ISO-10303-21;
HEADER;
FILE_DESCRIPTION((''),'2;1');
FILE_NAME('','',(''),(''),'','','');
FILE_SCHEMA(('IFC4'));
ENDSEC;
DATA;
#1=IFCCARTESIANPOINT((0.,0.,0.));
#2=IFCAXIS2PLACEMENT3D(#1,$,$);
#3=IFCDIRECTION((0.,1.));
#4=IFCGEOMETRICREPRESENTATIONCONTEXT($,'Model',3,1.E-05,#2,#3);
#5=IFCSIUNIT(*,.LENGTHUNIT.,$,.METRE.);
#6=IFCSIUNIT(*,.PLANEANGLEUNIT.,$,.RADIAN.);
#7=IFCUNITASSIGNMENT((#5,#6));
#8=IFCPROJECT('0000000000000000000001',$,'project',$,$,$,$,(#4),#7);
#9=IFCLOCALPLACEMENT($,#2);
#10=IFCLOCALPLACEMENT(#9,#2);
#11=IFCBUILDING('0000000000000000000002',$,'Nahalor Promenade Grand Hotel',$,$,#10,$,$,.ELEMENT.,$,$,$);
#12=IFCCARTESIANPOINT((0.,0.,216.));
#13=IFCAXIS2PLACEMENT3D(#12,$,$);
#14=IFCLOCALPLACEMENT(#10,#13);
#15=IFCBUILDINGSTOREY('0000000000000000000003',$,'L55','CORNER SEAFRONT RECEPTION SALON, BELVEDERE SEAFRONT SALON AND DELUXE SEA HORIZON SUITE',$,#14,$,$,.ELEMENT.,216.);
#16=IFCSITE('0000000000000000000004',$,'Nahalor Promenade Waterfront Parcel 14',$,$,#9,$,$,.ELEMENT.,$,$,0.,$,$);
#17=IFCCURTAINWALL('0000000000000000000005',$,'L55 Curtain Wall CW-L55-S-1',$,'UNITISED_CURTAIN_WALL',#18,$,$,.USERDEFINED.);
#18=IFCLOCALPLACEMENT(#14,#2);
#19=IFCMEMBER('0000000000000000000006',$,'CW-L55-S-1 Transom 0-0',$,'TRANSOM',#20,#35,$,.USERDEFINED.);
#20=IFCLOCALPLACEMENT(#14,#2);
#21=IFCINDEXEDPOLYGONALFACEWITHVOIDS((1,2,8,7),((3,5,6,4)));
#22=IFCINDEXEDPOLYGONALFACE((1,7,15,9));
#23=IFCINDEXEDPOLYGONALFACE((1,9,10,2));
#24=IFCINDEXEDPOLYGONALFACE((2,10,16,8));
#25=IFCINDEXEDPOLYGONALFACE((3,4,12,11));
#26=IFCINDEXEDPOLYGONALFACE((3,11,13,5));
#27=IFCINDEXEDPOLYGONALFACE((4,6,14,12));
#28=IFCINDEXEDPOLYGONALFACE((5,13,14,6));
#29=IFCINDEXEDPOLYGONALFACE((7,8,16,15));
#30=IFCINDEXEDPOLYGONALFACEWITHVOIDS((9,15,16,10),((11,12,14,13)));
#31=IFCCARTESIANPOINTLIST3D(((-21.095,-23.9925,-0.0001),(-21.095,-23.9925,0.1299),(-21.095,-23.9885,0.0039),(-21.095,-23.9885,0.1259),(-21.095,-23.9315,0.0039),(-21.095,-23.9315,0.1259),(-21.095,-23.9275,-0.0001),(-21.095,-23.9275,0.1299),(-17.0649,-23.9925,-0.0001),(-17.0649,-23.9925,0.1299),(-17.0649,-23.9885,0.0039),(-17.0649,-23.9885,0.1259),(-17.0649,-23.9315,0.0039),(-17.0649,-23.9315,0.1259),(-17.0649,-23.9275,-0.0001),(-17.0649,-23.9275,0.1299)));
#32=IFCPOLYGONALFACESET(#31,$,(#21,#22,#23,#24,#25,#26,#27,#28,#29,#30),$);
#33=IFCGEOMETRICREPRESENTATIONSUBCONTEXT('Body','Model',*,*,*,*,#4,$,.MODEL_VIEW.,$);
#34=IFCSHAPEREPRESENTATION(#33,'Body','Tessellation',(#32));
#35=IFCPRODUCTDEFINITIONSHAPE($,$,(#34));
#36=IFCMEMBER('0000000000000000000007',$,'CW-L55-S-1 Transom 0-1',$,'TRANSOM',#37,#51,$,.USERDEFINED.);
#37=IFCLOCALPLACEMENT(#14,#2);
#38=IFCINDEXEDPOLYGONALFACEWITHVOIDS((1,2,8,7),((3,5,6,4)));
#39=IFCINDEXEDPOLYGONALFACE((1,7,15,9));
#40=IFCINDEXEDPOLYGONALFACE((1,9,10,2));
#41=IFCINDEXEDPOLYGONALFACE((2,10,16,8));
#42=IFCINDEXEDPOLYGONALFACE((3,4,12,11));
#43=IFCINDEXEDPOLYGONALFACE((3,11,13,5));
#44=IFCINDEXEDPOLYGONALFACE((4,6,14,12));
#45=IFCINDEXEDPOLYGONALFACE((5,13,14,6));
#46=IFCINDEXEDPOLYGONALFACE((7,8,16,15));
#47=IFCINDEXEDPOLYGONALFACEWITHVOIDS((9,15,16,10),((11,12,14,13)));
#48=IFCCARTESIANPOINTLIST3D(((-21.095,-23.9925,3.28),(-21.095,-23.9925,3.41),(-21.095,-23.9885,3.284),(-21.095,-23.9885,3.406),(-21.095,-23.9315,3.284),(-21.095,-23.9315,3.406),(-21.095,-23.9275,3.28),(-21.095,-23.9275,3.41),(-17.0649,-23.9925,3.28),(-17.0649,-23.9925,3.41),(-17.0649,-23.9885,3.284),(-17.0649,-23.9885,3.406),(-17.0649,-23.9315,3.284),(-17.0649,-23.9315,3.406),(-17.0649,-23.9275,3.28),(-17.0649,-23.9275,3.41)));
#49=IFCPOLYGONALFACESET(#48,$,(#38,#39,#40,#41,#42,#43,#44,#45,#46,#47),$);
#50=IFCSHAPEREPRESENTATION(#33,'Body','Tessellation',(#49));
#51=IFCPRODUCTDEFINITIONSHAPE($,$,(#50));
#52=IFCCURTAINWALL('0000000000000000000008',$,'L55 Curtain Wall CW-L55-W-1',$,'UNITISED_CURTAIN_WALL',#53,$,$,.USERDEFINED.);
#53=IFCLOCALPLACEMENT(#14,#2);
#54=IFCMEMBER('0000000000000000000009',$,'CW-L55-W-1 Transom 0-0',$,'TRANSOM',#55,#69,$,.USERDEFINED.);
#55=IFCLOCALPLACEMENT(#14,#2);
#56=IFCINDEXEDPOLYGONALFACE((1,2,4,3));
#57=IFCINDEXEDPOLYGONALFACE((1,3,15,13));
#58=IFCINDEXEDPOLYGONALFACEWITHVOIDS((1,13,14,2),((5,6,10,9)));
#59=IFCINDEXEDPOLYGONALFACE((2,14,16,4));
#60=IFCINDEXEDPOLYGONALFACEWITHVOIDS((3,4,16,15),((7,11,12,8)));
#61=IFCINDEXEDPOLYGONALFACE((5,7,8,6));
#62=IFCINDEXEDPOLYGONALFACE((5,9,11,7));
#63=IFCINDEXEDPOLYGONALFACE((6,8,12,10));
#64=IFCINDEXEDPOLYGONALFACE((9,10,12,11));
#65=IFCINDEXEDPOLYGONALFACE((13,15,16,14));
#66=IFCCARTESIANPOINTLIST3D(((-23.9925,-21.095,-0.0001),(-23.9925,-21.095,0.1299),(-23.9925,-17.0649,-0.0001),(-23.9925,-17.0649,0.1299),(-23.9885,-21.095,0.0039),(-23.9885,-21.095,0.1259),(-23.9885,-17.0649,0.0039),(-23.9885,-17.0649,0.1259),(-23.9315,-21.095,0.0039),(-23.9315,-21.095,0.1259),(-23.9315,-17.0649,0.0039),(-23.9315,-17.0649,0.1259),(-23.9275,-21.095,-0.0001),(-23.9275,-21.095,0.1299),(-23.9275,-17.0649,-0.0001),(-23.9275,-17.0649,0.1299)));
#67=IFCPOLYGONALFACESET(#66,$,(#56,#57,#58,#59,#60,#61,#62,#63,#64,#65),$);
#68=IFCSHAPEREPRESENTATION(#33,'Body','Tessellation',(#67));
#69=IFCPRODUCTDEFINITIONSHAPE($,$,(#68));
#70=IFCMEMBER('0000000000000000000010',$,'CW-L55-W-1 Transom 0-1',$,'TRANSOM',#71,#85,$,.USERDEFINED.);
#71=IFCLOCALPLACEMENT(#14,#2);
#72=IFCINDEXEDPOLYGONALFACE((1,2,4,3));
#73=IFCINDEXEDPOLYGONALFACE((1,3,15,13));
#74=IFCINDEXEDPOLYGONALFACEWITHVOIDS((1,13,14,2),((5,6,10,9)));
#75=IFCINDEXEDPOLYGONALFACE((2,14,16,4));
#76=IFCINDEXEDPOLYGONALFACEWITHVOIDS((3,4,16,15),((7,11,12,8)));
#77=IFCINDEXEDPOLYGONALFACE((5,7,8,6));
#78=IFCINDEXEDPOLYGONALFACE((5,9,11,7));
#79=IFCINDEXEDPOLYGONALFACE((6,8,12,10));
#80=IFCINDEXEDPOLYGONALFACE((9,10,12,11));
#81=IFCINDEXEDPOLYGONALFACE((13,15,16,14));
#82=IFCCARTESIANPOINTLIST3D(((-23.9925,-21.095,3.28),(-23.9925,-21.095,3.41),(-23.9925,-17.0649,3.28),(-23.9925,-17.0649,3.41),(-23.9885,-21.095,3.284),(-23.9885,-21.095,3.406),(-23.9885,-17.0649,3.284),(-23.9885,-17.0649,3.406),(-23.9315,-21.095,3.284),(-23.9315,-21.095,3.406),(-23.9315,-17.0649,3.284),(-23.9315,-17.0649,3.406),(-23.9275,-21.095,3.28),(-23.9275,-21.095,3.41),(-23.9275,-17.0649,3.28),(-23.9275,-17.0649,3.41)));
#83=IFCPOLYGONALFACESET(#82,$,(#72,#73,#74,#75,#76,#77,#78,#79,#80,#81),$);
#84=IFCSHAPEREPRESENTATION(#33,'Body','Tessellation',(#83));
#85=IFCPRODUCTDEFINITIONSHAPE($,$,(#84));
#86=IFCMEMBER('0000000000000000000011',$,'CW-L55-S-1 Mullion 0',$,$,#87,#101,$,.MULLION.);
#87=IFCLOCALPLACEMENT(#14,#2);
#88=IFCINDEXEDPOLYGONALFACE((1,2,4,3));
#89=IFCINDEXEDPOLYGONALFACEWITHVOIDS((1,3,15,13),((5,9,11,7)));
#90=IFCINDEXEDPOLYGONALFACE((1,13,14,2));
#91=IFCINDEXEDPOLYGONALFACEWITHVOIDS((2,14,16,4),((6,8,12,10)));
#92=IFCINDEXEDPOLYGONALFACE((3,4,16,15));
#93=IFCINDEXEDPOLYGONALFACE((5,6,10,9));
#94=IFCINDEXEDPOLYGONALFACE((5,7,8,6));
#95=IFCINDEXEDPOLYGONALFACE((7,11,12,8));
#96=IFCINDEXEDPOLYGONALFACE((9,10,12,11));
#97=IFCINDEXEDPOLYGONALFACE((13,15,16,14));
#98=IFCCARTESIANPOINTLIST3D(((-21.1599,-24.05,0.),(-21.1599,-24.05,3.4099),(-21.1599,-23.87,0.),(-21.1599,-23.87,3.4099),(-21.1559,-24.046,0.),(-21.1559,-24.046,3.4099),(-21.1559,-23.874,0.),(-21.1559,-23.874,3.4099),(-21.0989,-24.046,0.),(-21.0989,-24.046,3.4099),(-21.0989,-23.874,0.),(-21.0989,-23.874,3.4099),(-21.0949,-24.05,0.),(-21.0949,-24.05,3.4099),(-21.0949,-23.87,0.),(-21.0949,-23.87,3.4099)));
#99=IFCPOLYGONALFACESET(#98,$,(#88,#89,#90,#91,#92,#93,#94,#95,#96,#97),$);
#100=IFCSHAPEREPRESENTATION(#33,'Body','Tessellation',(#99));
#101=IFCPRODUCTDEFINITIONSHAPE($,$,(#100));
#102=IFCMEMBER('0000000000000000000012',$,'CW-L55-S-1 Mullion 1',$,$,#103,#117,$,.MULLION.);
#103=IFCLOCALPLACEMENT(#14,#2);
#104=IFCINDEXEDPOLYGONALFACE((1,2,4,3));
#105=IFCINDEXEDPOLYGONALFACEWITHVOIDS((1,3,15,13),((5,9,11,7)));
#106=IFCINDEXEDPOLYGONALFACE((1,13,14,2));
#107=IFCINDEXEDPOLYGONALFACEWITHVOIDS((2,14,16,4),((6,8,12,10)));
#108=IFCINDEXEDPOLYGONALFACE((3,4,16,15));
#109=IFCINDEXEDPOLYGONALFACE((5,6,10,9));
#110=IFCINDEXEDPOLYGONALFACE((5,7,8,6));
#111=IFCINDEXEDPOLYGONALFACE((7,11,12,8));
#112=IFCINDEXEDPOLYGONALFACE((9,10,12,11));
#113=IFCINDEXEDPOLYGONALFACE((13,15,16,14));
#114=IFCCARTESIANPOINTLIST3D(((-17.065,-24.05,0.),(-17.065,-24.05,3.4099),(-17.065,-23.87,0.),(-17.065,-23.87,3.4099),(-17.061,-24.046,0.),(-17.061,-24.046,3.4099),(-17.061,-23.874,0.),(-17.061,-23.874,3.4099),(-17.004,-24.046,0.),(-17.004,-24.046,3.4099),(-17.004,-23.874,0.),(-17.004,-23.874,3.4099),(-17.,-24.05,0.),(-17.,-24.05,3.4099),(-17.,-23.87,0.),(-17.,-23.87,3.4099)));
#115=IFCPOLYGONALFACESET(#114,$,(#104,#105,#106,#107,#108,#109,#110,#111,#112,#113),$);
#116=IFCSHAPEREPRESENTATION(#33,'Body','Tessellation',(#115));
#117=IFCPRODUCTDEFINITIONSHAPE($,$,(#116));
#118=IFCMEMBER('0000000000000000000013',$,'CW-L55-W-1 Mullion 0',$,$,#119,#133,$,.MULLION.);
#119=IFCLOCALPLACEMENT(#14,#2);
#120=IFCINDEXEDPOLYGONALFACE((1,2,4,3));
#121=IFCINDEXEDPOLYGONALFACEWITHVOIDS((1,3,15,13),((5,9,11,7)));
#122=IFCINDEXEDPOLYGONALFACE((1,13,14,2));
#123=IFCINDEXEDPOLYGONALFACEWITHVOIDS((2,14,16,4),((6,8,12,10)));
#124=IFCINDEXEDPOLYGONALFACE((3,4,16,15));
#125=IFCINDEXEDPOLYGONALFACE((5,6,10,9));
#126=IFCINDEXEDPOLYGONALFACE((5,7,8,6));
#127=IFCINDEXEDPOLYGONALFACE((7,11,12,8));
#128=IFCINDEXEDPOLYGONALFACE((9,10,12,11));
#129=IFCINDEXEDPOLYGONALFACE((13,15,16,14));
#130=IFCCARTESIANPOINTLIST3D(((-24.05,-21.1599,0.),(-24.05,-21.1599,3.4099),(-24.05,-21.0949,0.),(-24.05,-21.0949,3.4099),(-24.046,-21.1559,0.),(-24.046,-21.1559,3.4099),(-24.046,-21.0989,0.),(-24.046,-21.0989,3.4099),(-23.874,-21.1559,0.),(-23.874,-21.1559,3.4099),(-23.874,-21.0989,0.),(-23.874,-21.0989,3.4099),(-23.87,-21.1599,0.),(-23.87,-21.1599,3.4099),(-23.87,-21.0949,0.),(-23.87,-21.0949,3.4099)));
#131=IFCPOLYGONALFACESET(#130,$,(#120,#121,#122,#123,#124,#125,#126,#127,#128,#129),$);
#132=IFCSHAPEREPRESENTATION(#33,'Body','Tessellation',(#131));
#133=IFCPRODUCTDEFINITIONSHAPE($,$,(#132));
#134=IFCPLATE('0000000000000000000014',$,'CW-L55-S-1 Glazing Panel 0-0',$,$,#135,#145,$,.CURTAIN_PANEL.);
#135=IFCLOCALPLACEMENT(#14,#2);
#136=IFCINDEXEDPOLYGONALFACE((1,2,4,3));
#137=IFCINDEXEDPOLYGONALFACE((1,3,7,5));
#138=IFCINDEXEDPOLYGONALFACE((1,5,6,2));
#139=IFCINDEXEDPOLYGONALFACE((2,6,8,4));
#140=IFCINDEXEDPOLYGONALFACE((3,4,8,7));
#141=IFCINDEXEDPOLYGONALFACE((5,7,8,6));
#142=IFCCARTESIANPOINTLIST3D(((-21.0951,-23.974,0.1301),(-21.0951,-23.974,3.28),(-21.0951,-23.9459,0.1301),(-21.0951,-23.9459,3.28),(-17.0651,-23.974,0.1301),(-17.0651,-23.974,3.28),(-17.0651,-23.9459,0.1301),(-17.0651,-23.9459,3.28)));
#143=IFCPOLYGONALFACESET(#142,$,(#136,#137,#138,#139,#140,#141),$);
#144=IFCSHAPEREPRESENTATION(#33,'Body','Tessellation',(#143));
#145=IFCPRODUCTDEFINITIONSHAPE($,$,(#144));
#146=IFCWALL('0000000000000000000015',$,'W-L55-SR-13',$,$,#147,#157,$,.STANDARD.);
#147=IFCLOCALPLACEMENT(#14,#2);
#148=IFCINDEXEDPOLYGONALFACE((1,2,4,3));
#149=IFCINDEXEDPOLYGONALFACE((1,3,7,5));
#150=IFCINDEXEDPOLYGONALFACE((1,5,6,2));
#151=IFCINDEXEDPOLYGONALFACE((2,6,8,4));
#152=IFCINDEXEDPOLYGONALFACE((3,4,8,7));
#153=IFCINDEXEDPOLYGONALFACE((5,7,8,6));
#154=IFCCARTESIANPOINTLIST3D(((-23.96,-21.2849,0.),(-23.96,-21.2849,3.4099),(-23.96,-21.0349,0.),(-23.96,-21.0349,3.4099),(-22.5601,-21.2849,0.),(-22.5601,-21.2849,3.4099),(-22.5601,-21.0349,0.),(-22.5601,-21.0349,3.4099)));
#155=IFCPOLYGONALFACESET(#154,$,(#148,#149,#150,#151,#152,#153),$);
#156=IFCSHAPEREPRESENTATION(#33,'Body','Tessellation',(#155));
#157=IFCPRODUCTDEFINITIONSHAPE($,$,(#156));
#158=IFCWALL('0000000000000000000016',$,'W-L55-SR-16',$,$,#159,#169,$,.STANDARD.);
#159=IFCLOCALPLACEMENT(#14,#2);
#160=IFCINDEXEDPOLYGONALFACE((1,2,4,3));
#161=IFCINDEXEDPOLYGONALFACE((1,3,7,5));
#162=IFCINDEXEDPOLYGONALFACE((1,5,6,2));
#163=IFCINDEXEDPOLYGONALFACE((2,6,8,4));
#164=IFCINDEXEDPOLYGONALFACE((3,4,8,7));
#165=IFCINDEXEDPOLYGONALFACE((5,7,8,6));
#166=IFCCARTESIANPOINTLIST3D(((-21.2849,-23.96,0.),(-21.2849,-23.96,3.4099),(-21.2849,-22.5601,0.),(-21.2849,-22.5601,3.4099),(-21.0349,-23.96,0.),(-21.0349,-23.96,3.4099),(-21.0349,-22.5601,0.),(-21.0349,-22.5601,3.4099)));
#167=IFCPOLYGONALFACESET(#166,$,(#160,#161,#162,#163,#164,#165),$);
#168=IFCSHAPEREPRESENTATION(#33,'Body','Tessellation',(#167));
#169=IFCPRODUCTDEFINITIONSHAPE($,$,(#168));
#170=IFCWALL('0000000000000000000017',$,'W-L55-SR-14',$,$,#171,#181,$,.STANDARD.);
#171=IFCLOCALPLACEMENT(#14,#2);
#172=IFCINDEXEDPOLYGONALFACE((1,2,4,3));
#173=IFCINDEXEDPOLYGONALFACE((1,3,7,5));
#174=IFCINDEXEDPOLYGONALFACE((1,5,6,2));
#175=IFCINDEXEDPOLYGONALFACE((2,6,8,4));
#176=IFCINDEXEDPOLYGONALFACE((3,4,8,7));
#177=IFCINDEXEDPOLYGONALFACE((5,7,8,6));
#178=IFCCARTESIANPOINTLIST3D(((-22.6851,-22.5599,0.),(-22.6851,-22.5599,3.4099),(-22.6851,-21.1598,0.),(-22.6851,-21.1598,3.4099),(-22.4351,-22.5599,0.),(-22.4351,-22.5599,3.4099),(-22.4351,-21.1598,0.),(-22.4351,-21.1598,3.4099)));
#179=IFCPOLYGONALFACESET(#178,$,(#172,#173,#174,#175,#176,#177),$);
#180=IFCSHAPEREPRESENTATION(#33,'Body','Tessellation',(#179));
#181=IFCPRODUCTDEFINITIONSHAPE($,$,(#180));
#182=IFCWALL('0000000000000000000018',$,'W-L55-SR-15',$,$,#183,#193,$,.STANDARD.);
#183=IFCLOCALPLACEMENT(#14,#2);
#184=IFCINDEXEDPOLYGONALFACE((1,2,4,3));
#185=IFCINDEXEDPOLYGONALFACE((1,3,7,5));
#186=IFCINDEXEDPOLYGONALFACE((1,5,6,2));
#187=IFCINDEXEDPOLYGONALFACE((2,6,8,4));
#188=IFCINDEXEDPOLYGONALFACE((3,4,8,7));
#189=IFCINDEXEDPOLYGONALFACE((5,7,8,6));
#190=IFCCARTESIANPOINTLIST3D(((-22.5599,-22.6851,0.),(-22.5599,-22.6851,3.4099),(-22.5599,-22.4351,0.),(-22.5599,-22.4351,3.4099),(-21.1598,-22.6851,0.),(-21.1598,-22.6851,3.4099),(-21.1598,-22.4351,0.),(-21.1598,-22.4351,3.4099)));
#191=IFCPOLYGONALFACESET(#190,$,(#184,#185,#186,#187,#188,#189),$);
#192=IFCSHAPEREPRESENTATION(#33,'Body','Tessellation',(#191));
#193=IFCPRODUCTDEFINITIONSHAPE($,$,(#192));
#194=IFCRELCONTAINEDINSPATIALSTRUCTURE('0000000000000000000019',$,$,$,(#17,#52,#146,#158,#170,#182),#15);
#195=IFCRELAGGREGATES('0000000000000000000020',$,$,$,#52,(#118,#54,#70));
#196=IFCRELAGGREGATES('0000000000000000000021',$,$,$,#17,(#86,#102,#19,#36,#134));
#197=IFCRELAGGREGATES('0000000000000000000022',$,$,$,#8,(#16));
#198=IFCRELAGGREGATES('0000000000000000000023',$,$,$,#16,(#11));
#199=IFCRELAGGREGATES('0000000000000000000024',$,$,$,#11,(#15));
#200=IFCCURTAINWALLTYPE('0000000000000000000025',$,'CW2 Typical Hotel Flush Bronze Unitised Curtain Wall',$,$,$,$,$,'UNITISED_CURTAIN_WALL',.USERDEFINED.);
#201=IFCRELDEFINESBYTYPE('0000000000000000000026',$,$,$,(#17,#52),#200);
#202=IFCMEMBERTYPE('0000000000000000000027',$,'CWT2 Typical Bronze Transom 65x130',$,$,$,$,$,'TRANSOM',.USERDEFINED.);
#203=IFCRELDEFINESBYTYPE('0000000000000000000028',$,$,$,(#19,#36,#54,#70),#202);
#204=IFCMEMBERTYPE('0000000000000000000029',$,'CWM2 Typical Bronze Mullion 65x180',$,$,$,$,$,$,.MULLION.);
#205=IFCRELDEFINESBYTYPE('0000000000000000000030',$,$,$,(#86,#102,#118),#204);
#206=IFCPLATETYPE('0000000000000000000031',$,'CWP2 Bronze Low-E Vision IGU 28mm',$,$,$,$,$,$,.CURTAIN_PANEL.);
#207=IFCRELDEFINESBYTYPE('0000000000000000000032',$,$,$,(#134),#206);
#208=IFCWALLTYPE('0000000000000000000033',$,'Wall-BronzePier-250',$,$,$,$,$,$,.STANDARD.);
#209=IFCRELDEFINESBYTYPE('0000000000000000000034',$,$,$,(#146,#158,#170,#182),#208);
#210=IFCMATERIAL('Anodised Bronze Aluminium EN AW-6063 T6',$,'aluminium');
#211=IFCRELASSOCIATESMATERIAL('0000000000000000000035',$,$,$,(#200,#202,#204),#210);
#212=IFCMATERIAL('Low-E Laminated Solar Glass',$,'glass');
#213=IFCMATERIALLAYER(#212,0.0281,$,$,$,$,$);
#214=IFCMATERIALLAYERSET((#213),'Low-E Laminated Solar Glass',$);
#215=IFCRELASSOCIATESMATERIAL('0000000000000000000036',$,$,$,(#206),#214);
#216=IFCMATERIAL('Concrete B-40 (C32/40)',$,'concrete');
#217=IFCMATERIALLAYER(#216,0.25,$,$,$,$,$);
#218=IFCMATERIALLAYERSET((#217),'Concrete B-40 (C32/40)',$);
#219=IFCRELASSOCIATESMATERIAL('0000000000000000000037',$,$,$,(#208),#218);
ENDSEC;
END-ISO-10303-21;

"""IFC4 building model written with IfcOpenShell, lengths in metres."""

from ifc_helpers import new_model, si_unit, direction, frame, frame_2d, origin, origin_2d, place, context, subcontext, project, spatial, rectangle, hollow_rectangle, extrude, source, transform, mapped, material, layer, layer_set, material_profile, profile_set, type_object, element, aggregate, save


model = new_model("IFC4")

# Units and contexts
model_context = context("Model", 3, precision=1e-05, world=origin(), true_north=direction((0.0, 1.0)))
body_context = subcontext(model_context, "Body", "Model", "MODEL_VIEW")
ifc_project = project(units=[si_unit("LENGTHUNIT", "METRE"), si_unit("PLANEANGLEUNIT", "RADIAN")], contexts=[model_context])

# Site, building, storey
site_placement = place(None, origin())
site = spatial("IfcSite", under=ifc_project, at=site_placement, Name="Nahalor Promenade Waterfront Parcel 14", CompositionType="ELEMENT", RefElevation=0.0)
building_placement = place(site_placement, origin())
building = spatial("IfcBuilding", under=site, at=building_placement, Name="Nahalor Promenade Grand Hotel", CompositionType="ELEMENT")
storey_placement = place(building_placement, frame((0.0, 0.0, 216.0)))
storey = spatial("IfcBuildingStorey", under=building, at=storey_placement, Name="L55", Description="CORNER SEAFRONT RECEPTION SALON, BELVEDERE SEAFRONT SALON AND DELUXE SEA HORIZON SUITE", CompositionType="ELEMENT", Elevation=216.0)

# Curtain walls, members
ifc_material_1 = material(Name="Anodised Bronze Aluminium EN AW-6063 T6", Category="aluminium")
curtain_wall_type = type_object("IfcCurtainWallType", Name="CW2 Typical Hotel Flush Bronze Unitised Curtain Wall", ElementType="UNITISED_CURTAIN_WALL", PredefinedType="USERDEFINED", material=ifc_material_1)
curtain_wall_1_placement = place(storey_placement, origin())
curtain_wall_1 = element("IfcCurtainWall", 1, at=curtain_wall_1_placement, inside=storey, type_object=curtain_wall_type, Name="L55 Curtain Wall CW-L55-S-1", ObjectType="UNITISED_CURTAIN_WALL", PredefinedType="USERDEFINED")
ifc_material_profile_1 = material_profile(ifc_material_1, hollow_rectangle(XDim=0.065, YDim=0.13, WallThickness=0.004, at=origin_2d()), Name="CWT 65x130x4")
ifc_profile_set_1 = profile_set([ifc_material_profile_1], Name="Anodised Bronze Aluminium EN AW-6063 T6")
member_type_1 = type_object("IfcMemberType", Name="CWT2 Typical Bronze Transom 65x130", ElementType="TRANSOM", PredefinedType="USERDEFINED", material=ifc_profile_set_1)
shared_shape_1 = source(origin(), body_context, "Body", "SweptSolid", [
    extrude(hollow_rectangle(XDim=0.065, YDim=0.13, WallThickness=0.004, at=origin_2d()), origin(), (0.0, 0.0, 1.0), 4.03),
])
member_1_placement = place(storey_placement, frame((-21.095, -23.96, 0.0649), z_axis=(1.0, 0.0, 0.0), x_axis=(0.0, 1.0, 0.0)))
member_1 = element("IfcMember", 2, at=member_1_placement, type_object=member_type_1, Name="CW-L55-S-1 Transom 0-0", ObjectType="TRANSOM", PredefinedType="USERDEFINED", context=body_context, shape_type="MappedRepresentation", body=[
    mapped(shared_shape_1, transform((0.0, 0.0, 0.0), scale=1.0)),
])
member_2_placement = place(storey_placement, frame((-21.095, -23.96, 3.345), z_axis=(1.0, 0.0, 0.0), x_axis=(0.0, 1.0, 0.0)))
member_2 = element("IfcMember", 3, at=member_2_placement, type_object=member_type_1, Name="CW-L55-S-1 Transom 0-1", ObjectType="TRANSOM", PredefinedType="USERDEFINED", context=body_context, shape_type="MappedRepresentation", body=[
    mapped(shared_shape_1, transform((0.0, 0.0, 0.0), scale=1.0)),
])
curtain_wall_2_placement = place(storey_placement, origin())
curtain_wall_2 = element("IfcCurtainWall", 4, at=curtain_wall_2_placement, inside=storey, type_object=curtain_wall_type, Name="L55 Curtain Wall CW-L55-W-1", ObjectType="UNITISED_CURTAIN_WALL", PredefinedType="USERDEFINED")
member_3_placement = place(storey_placement, frame((-23.96, -21.095, 0.0649), z_axis=(0.0, 1.0, 0.0), x_axis=(-1.0, 0.0, 0.0)))
member_3 = element("IfcMember", 5, at=member_3_placement, type_object=member_type_1, Name="CW-L55-W-1 Transom 0-0", ObjectType="TRANSOM", PredefinedType="USERDEFINED", context=body_context, shape_type="MappedRepresentation", body=[
    mapped(shared_shape_1, transform((0.0, 0.0, 0.0), scale=1.0)),
])
member_4_placement = place(storey_placement, frame((-23.96, -21.095, 3.345), z_axis=(0.0, 1.0, 0.0), x_axis=(-1.0, 0.0, 0.0)))
member_4 = element("IfcMember", 6, at=member_4_placement, type_object=member_type_1, Name="CW-L55-W-1 Transom 0-1", ObjectType="TRANSOM", PredefinedType="USERDEFINED", context=body_context, shape_type="MappedRepresentation", body=[
    mapped(shared_shape_1, transform((0.0, 0.0, 0.0), scale=1.0)),
])

# Members
ifc_material_profile_2 = material_profile(ifc_material_1, hollow_rectangle(XDim=0.065, YDim=0.18, WallThickness=0.004, at=origin_2d()), Name="CWM 65x180x4")
ifc_profile_set_2 = profile_set([ifc_material_profile_2], Name="Anodised Bronze Aluminium EN AW-6063 T6")
member_type_2 = type_object("IfcMemberType", Name="CWM2 Typical Bronze Mullion 65x180", PredefinedType="MULLION", material=ifc_profile_set_2)
shared_shape_2 = source(origin(), body_context, "Body", "SweptSolid", [
    extrude(hollow_rectangle(XDim=0.065, YDim=0.18, WallThickness=0.004, at=origin_2d()), origin(), (0.0, 0.0, 1.0), 3.4099),
])
member_5_placement = place(storey_placement, frame((-21.1274, -23.96, 0.0), z_axis=(0.0, 0.0, 1.0), x_axis=(1.0, 0.0, 0.0)))
member_5 = element("IfcMember", 7, at=member_5_placement, type_object=member_type_2, Name="CW-L55-S-1 Mullion 0", PredefinedType="MULLION", context=body_context, shape_type="MappedRepresentation", body=[
    mapped(shared_shape_2, transform((0.0, 0.0, 0.0), scale=1.0)),
])
member_6_placement = place(storey_placement, frame((-17.0325, -23.96, 0.0), z_axis=(0.0, 0.0, 1.0), x_axis=(1.0, 0.0, 0.0)))
member_6 = element("IfcMember", 8, at=member_6_placement, type_object=member_type_2, Name="CW-L55-S-1 Mullion 1", PredefinedType="MULLION", context=body_context, shape_type="MappedRepresentation", body=[
    mapped(shared_shape_2, transform((0.0, 0.0, 0.0), scale=1.0)),
])
member_7_placement = place(storey_placement, frame((-23.96, -21.1274, 0.0), z_axis=(0.0, 0.0, 1.0), x_axis=(0.0, 1.0, 0.0)))
member_7 = element("IfcMember", 9, at=member_7_placement, type_object=member_type_2, Name="CW-L55-W-1 Mullion 0", PredefinedType="MULLION", context=body_context, shape_type="MappedRepresentation", body=[
    mapped(shared_shape_2, transform((0.0, 0.0, 0.0), scale=1.0)),
])
aggregate(curtain_wall_2, [member_7, member_3, member_4])

# Plate
ifc_material_2 = material(Name="Low-E Laminated Solar Glass", Category="glass")
ifc_layer_1 = layer(ifc_material_2, 0.0281)
ifc_layer_set_1 = layer_set([ifc_layer_1], Name="Low-E Laminated Solar Glass")
plate_type = type_object("IfcPlateType", Name="CWP2 Bronze Low-E Vision IGU 28mm", PredefinedType="CURTAIN_PANEL", material=ifc_layer_set_1)
shared_shape_3 = source(origin(), body_context, "Body", "SweptSolid", [
    extrude(rectangle(XDim=4.03, YDim=0.0281, at=origin_2d()), origin(), (0.0, 0.0, 1.0), 3.1499),
])
plate_placement = place(storey_placement, frame((-19.0801, -23.96, 0.1301), z_axis=(0.0, 0.0, 1.0), x_axis=(1.0, 0.0, 0.0)))
plate = element("IfcPlate", 10, at=plate_placement, type_object=plate_type, Name="CW-L55-S-1 Glazing Panel 0-0", PredefinedType="CURTAIN_PANEL", context=body_context, shape_type="MappedRepresentation", body=[
    mapped(shared_shape_3, transform((0.0, 0.0, 0.0), scale=1.0)),
])
aggregate(curtain_wall_1, [member_5, member_6, member_1, member_2, plate])

# Walls
ifc_material_3 = material(Name="Concrete B-40 (C32/40)", Category="concrete")
ifc_layer_2 = layer(ifc_material_3, 0.25)
ifc_layer_set_2 = layer_set([ifc_layer_2], Name="Concrete B-40 (C32/40)")
wall_type_1 = type_object("IfcWallType", Name="Wall-BronzePier-250", PredefinedType="STANDARD", material=ifc_layer_set_2)
shared_shape_4 = source(origin(), body_context, "Body", "SweptSolid", [
    extrude(rectangle(XDim=1.3999, YDim=0.25, at=frame_2d((0.7, 0.0))), origin(), (0.0, 0.0, 1.0), 3.4099),
])
for number, where, z_axis, x_axis, name in (
    (11, (-23.96, -21.1599, 0.0), (0.0, 0.0, 1.0), (1.0, 0.0, 0.0), "W-L55-SR-13"),
    (12, (-21.1599, -23.96, 0.0), (0.0, 0.0, 1.0), (0.0, 1.0, 0.0), "W-L55-SR-16"),
):
    element("IfcWall", number, at=place(storey_placement, frame(where, z_axis=z_axis, x_axis=x_axis)), inside=storey, type_object=wall_type_1, Name=name, PredefinedType="STANDARD", context=body_context, shape_type="MappedRepresentation", body=[
        mapped(shared_shape_4, transform((0.0, 0.0, 0.0), scale=1.0)),
    ])
shared_shape_5 = source(origin(), body_context, "Body", "SweptSolid", [
    extrude(rectangle(XDim=1.4001, YDim=0.25, at=frame_2d((0.7002, 0.0))), origin(), (0.0, 0.0, 1.0), 3.4099),
])
for number, where, z_axis, x_axis, name in (
    (13, (-22.5601, -22.5601, 0.0), (0.0, 0.0, 1.0), (0.0, 1.0, 0.0), "W-L55-SR-14"),
    (14, (-22.5601, -22.5601, 0.0), (0.0, 0.0, 1.0), (1.0, 0.0, 0.0), "W-L55-SR-15"),
):
    element("IfcWall", number, at=place(storey_placement, frame(where, z_axis=z_axis, x_axis=x_axis)), inside=storey, type_object=wall_type_1, Name=name, PredefinedType="STANDARD", context=body_context, shape_type="MappedRepresentation", body=[
        mapped(shared_shape_5, transform((0.0, 0.0, 0.0), scale=1.0)),
    ])

save(model, "model.ifc")
